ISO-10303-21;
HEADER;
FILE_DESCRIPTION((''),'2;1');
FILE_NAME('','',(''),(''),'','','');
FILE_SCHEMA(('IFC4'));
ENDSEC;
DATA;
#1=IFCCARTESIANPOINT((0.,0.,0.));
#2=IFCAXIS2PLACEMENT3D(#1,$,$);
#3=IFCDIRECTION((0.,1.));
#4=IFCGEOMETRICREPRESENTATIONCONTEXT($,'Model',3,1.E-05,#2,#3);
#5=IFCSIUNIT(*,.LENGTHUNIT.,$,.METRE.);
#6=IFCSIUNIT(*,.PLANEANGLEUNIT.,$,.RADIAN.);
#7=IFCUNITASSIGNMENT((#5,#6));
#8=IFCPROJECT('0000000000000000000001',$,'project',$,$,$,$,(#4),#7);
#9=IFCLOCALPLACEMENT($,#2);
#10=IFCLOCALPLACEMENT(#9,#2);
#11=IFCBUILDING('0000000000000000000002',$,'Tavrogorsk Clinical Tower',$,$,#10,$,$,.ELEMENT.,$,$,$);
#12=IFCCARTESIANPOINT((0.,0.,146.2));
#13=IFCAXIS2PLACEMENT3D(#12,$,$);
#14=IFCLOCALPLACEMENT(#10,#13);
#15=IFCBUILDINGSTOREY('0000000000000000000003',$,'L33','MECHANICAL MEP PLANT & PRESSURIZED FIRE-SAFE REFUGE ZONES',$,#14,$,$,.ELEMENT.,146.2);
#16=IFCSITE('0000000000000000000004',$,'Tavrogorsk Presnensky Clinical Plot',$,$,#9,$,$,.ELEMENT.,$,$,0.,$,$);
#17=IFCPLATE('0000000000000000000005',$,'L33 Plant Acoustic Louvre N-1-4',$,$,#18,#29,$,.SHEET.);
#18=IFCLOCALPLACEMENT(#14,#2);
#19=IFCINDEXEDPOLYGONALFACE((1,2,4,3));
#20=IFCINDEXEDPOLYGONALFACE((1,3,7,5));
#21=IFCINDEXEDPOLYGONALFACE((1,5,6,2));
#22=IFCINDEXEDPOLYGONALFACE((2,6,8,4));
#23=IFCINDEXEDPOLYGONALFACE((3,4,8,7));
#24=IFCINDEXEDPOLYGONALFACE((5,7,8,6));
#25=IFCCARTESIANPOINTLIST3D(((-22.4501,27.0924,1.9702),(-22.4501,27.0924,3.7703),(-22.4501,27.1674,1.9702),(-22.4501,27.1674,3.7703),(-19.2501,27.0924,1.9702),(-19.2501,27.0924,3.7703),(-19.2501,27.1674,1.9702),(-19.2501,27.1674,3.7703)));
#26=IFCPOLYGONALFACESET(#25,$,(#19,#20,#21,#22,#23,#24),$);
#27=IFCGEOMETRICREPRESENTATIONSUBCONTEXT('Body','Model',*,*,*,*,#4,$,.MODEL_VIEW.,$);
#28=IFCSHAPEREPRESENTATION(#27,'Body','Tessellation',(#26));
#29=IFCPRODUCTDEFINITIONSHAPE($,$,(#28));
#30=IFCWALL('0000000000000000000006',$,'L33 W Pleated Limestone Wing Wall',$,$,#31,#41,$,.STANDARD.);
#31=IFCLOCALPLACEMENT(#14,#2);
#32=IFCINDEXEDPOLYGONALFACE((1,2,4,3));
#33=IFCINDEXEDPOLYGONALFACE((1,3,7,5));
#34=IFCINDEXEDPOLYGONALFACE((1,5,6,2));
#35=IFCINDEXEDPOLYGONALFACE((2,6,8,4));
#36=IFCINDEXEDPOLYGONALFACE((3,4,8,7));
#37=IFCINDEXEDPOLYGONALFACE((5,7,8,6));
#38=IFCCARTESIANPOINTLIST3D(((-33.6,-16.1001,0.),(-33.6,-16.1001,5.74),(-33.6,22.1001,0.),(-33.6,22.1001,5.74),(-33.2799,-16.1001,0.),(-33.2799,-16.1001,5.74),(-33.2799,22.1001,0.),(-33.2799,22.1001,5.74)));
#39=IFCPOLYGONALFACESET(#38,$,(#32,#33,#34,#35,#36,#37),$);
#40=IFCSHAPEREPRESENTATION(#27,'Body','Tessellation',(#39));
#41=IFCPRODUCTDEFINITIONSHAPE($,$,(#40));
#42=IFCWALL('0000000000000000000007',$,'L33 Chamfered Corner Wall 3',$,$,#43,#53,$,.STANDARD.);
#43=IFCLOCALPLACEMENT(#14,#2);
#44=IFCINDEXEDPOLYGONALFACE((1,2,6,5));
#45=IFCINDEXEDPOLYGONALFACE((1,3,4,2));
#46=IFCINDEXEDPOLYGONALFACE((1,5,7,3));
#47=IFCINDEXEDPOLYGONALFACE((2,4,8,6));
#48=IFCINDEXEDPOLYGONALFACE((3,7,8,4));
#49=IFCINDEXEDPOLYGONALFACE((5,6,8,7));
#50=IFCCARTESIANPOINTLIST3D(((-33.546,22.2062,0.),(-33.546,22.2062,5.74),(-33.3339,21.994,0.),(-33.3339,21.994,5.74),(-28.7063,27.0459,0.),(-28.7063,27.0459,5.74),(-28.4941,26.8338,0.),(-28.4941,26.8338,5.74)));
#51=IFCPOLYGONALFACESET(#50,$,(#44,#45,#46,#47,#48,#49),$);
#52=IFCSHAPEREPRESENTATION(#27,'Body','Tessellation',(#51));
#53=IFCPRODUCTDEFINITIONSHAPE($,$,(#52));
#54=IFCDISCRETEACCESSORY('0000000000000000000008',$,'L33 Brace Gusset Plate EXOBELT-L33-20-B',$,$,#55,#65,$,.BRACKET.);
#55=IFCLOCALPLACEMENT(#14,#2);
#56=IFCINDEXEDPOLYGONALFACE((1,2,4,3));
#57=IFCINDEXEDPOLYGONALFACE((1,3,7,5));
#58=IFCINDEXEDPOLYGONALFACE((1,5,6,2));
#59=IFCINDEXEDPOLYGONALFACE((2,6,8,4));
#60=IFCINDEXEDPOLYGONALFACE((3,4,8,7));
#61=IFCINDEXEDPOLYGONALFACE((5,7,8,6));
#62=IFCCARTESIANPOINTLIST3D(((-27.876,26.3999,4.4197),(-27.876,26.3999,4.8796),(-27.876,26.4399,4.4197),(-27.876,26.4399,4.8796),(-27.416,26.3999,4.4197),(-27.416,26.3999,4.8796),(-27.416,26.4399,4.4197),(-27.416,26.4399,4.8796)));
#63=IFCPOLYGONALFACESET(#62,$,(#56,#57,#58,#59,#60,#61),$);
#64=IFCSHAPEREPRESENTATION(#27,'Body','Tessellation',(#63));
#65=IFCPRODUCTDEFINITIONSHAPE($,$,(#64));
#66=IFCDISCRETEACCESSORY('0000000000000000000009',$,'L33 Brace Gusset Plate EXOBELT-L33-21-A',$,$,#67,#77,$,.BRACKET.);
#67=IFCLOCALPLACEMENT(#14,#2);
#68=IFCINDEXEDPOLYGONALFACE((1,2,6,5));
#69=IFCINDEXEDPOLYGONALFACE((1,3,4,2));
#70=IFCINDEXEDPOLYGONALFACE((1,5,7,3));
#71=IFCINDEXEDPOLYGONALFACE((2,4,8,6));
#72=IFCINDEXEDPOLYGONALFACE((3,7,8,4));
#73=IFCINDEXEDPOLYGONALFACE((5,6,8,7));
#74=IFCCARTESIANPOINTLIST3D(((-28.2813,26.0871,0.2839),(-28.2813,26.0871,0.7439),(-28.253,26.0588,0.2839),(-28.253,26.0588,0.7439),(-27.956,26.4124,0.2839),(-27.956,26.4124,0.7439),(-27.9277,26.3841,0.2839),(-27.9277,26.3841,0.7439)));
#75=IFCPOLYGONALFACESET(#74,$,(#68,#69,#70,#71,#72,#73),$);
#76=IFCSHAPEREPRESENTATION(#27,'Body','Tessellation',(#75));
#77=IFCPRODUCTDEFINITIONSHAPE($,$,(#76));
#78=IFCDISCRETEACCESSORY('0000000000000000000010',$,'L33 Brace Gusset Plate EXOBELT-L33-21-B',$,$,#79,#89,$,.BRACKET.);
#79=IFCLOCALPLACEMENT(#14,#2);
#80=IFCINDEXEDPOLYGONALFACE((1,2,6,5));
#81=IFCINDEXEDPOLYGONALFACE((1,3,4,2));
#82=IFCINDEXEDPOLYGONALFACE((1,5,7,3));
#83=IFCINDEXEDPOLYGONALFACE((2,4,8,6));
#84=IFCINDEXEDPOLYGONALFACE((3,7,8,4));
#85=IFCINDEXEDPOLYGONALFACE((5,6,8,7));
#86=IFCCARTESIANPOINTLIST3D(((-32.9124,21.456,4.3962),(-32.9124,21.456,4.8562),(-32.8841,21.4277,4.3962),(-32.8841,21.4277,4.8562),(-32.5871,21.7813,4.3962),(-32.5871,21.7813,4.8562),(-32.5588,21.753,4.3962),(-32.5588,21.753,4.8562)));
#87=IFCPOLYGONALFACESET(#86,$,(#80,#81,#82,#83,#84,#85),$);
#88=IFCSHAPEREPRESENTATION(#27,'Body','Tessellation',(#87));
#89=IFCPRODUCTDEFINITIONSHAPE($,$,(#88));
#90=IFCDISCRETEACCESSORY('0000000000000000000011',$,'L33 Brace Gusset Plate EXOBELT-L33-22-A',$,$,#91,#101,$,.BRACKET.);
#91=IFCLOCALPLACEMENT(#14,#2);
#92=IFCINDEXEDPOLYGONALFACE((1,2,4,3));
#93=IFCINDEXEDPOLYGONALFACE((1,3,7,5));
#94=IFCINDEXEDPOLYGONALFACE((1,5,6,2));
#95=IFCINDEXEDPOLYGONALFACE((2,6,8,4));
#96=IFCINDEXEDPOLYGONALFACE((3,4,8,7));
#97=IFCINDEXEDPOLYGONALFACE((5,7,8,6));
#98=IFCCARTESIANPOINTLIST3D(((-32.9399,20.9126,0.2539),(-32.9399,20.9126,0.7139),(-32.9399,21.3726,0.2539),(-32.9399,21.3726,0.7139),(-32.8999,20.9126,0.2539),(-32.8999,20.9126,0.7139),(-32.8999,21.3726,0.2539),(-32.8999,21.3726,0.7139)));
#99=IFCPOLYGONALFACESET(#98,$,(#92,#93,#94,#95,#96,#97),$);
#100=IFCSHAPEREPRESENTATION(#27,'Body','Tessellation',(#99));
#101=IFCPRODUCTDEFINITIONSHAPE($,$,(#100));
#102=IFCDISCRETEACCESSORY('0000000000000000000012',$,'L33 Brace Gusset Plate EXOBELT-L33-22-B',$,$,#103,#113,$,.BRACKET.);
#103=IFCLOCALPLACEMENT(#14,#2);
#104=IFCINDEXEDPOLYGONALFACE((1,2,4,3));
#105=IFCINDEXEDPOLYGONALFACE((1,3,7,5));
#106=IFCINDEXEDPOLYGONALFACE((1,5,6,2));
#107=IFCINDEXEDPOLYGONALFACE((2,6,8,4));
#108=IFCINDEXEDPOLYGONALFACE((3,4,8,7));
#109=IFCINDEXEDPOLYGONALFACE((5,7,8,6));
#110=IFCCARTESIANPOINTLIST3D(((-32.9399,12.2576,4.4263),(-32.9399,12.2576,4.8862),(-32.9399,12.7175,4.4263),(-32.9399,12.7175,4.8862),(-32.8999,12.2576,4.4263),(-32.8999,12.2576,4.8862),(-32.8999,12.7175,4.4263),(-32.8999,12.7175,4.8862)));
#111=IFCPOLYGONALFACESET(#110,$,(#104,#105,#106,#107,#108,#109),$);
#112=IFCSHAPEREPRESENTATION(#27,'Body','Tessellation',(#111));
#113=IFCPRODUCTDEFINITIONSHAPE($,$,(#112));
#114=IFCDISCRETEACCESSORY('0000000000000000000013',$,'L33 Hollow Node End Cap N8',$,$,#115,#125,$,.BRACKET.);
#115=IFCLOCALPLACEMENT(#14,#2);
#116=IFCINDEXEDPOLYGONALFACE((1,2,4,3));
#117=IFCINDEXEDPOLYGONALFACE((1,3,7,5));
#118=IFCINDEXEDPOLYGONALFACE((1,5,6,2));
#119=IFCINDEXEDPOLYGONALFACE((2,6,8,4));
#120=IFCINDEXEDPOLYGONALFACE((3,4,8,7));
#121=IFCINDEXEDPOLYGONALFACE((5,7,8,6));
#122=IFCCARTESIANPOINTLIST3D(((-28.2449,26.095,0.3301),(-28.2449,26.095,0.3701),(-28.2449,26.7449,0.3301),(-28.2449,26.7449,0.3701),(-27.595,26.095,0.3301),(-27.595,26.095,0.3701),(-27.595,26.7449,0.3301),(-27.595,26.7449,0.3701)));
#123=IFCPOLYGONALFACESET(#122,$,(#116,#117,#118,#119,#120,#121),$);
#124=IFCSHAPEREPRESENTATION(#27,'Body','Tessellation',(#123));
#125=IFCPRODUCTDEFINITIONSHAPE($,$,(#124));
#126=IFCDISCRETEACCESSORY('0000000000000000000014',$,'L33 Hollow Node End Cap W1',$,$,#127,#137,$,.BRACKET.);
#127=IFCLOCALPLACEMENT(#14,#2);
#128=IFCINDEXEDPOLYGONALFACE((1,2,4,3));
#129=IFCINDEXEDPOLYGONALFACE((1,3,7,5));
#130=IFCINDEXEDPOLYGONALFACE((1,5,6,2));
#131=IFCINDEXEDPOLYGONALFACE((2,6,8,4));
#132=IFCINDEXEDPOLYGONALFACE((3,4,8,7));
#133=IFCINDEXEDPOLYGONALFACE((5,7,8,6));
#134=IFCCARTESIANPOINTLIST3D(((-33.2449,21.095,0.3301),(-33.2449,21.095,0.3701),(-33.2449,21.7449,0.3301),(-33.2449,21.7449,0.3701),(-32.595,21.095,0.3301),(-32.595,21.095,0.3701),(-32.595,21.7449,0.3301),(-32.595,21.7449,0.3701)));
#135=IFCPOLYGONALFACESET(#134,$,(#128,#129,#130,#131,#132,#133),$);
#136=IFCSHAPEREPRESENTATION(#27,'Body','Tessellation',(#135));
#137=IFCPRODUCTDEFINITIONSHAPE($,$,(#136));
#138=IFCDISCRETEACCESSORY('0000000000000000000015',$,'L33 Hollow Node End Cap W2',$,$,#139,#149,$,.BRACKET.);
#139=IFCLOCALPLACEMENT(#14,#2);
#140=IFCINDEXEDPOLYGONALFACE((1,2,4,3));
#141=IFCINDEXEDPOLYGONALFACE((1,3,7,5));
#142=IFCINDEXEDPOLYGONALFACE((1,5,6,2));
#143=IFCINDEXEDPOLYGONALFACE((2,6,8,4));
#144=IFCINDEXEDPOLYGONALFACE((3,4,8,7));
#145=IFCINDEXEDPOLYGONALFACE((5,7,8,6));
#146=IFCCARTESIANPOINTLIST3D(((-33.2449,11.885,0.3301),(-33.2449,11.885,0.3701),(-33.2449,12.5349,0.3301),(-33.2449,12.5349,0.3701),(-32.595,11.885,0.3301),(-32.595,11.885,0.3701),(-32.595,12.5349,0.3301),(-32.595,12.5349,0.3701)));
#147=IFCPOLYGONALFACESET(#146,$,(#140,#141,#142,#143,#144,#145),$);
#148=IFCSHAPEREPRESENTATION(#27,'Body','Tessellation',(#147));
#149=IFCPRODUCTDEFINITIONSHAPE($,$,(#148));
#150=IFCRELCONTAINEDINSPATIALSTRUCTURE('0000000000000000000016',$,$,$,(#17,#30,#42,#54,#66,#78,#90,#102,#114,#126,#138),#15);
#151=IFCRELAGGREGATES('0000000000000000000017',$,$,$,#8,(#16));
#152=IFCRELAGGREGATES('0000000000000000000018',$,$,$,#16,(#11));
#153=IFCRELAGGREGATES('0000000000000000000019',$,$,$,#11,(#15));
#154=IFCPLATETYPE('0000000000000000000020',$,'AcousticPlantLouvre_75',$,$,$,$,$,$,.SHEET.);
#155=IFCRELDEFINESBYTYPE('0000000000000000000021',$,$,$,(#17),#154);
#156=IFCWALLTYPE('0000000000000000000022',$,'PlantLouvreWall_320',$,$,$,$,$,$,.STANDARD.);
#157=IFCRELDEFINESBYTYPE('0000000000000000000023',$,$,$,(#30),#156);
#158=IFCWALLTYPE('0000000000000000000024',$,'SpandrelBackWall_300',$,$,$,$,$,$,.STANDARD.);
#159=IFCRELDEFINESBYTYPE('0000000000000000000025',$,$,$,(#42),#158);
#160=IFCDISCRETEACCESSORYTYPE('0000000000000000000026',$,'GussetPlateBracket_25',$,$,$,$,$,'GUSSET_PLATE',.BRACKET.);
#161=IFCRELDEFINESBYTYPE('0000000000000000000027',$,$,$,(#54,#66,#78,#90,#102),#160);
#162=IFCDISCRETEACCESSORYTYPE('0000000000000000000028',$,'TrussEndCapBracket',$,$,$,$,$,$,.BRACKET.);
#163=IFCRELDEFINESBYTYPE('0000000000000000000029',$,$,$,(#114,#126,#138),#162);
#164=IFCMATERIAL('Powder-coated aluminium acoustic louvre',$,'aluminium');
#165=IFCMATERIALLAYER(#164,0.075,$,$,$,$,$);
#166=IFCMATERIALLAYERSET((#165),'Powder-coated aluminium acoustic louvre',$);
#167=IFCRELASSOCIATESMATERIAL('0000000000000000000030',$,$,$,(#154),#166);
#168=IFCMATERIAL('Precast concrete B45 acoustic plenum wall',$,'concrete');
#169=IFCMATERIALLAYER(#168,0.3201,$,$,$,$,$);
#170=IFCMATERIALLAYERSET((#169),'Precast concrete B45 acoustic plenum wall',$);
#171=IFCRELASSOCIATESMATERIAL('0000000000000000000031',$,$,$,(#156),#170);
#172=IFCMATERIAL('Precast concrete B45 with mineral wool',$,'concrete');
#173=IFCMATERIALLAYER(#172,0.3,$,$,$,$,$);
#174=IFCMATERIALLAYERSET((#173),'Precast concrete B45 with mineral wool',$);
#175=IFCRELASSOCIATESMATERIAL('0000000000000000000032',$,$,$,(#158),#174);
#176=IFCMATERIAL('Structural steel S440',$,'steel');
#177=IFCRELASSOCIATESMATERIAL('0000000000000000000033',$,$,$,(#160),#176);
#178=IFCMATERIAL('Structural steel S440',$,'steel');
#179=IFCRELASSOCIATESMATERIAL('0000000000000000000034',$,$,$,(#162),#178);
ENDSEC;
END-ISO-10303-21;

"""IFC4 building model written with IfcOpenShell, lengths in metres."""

from ifc_helpers import new_model, si_unit, direction, frame, frame_2d, origin, origin_2d, place, context, subcontext, project, spatial, rectangle, extrude, material, layer, layer_set, type_object, element, save


model = new_model("IFC4")

# Units and contexts
model_context = context("Model", 3, precision=1e-05, world=origin(), true_north=direction((0.0, 1.0)))
body_context = subcontext(model_context, "Body", "Model", "MODEL_VIEW")
ifc_project = project(units=[si_unit("LENGTHUNIT", "METRE"), si_unit("PLANEANGLEUNIT", "RADIAN")], contexts=[model_context])

# Site, building, storey
site_placement = place(None, origin())
site = spatial("IfcSite", under=ifc_project, at=site_placement, Name="Tavrogorsk Presnensky Clinical Plot", CompositionType="ELEMENT", RefElevation=0.0)
building_placement = place(site_placement, origin())
building = spatial("IfcBuilding", under=site, at=building_placement, Name="Tavrogorsk Clinical Tower", CompositionType="ELEMENT")
storey_placement = place(building_placement, frame((0.0, 0.0, 146.2)))
storey = spatial("IfcBuildingStorey", under=building, at=storey_placement, Name="L33", Description="MECHANICAL MEP PLANT & PRESSURIZED FIRE-SAFE REFUGE ZONES", CompositionType="ELEMENT", Elevation=146.2)

# Plate
ifc_material_1 = material(Name="Powder-coated aluminium acoustic louvre", Category="aluminium")
ifc_layer_1 = layer(ifc_material_1, 0.075)
ifc_layer_set_1 = layer_set([ifc_layer_1], Name="Powder-coated aluminium acoustic louvre")
plate_type = type_object("IfcPlateType", Name="AcousticPlantLouvre_75", PredefinedType="SHEET", material=ifc_layer_set_1)
plate_placement = place(storey_placement, frame((-20.8501, 27.1299, 1.9702), z_axis=(0.0, 0.0, 1.0), x_axis=(-1.0, 0.0, 0.0)))
element("IfcPlate", 1, at=plate_placement, inside=storey, type_object=plate_type, Name="L33 Plant Acoustic Louvre N-1-4", PredefinedType="SHEET", context=body_context, shape_type="SweptSolid", body=[
    extrude(rectangle(XDim=3.2, YDim=0.075, at=origin_2d()), origin(), (0.0, 0.0, 1.0), 1.8),
])

# Walls
ifc_material_2 = material(Name="Precast concrete B45 acoustic plenum wall", Category="concrete")
ifc_layer_2 = layer(ifc_material_2, 0.3201)
ifc_layer_set_2 = layer_set([ifc_layer_2], Name="Precast concrete B45 acoustic plenum wall")
wall_type_1 = type_object("IfcWallType", Name="PlantLouvreWall_320", PredefinedType="STANDARD", material=ifc_layer_set_2)
wall_1_placement = place(storey_placement, frame((-33.4399, 22.1001, 0.0), z_axis=(0.0, 0.0, 1.0), x_axis=(0.0, -1.0, 0.0)))
element("IfcWall", 2, at=wall_1_placement, inside=storey, type_object=wall_type_1, Name="L33 W Pleated Limestone Wing Wall", PredefinedType="STANDARD", context=body_context, shape_type="SweptSolid", body=[
    extrude(rectangle(XDim=38.2002, YDim=0.3201, at=frame_2d((19.1001, 0.0))), origin(), (0.0, 0.0, 1.0), 5.74),
])
ifc_material_3 = material(Name="Precast concrete B45 with mineral wool", Category="concrete")
ifc_layer_3 = layer(ifc_material_3, 0.3)
ifc_layer_set_3 = layer_set([ifc_layer_3], Name="Precast concrete B45 with mineral wool")
wall_type_2 = type_object("IfcWallType", Name="SpandrelBackWall_300", PredefinedType="STANDARD", material=ifc_layer_set_3)
wall_2_placement = place(storey_placement, frame((-28.6001, 26.9399, 0.0), z_axis=(0.0, 0.0, 1.0), x_axis=(-0.707107, -0.707107, 0.0)))
element("IfcWall", 3, at=wall_2_placement, inside=storey, type_object=wall_type_2, Name="L33 Chamfered Corner Wall 3", PredefinedType="STANDARD", context=body_context, shape_type="SweptSolid", body=[
    extrude(rectangle(XDim=6.8445, YDim=0.3, at=frame_2d((3.4224, 0.0))), origin(), (0.0, 0.0, 1.0), 5.74),
])

# Discrete accessories
ifc_material_4 = material(Name="Structural steel S440", Category="steel")
discrete_accessory_type_1 = type_object("IfcDiscreteAccessoryType", Name="GussetPlateBracket_25", ElementType="GUSSET_PLATE", PredefinedType="BRACKET", material=ifc_material_4)
for number, where, z_axis, x_axis, name in (
    (4, (-27.646, 26.4199, 4.4197), (0.0, 0.0, 1.0), (-1.0, 0.0, 0.0), "L33 Brace Gusset Plate EXOBELT-L33-20-B"),
    (5, (-28.1045, 26.2356, 0.2839), (0.0, 0.0, 1.0), (-0.707107, -0.707107, 0.0), "L33 Brace Gusset Plate EXOBELT-L33-21-A"),
    (6, (-32.7356, 21.6045, 4.3962), (0.0, 0.0, 1.0), (-0.707107, -0.707107, 0.0), "L33 Brace Gusset Plate EXOBELT-L33-21-B"),
    (7, (-32.9199, 21.1426, 0.2539), (0.0, 0.0, 1.0), (0.0, -1.0, 0.0), "L33 Brace Gusset Plate EXOBELT-L33-22-A"),
    (8, (-32.9199, 12.4875, 4.4263), (0.0, 0.0, 1.0), (0.0, -1.0, 0.0), "L33 Brace Gusset Plate EXOBELT-L33-22-B"),
):
    element("IfcDiscreteAccessory", number, at=place(storey_placement, frame(where, z_axis=z_axis, x_axis=x_axis)), inside=storey, type_object=discrete_accessory_type_1, Name=name, PredefinedType="BRACKET", context=body_context, shape_type="SweptSolid", body=[
        extrude(rectangle(XDim=0.46, YDim=0.04, at=origin_2d()), origin(), (0.0, 0.0, 1.0), 0.46),
    ])
ifc_material_5 = material(Name="Structural steel S440", Category="steel")
discrete_accessory_type_2 = type_object("IfcDiscreteAccessoryType", Name="TrussEndCapBracket", PredefinedType="BRACKET", material=ifc_material_5)
for number, where, z_axis, x_axis, name in (
    (9, (-27.9199, 26.4199, 0.3301), (0.0, 0.0, 1.0), (1.0, 0.0, 0.0), "L33 Hollow Node End Cap N8"),
    (10, (-32.9199, 21.4199, 0.3301), (0.0, 0.0, 1.0), (1.0, 0.0, 0.0), "L33 Hollow Node End Cap W1"),
    (11, (-32.9199, 12.21, 0.3301), (0.0, 0.0, 1.0), (1.0, 0.0, 0.0), "L33 Hollow Node End Cap W2"),
):
    element("IfcDiscreteAccessory", number, at=place(storey_placement, frame(where, z_axis=z_axis, x_axis=x_axis)), inside=storey, type_object=discrete_accessory_type_2, Name=name, PredefinedType="BRACKET", context=body_context, shape_type="SweptSolid", body=[
        extrude(rectangle(XDim=0.6499, YDim=0.6499, at=origin_2d()), origin(), (0.0, 0.0, 1.0), 0.04),
    ])

save(model, "model.ifc")
